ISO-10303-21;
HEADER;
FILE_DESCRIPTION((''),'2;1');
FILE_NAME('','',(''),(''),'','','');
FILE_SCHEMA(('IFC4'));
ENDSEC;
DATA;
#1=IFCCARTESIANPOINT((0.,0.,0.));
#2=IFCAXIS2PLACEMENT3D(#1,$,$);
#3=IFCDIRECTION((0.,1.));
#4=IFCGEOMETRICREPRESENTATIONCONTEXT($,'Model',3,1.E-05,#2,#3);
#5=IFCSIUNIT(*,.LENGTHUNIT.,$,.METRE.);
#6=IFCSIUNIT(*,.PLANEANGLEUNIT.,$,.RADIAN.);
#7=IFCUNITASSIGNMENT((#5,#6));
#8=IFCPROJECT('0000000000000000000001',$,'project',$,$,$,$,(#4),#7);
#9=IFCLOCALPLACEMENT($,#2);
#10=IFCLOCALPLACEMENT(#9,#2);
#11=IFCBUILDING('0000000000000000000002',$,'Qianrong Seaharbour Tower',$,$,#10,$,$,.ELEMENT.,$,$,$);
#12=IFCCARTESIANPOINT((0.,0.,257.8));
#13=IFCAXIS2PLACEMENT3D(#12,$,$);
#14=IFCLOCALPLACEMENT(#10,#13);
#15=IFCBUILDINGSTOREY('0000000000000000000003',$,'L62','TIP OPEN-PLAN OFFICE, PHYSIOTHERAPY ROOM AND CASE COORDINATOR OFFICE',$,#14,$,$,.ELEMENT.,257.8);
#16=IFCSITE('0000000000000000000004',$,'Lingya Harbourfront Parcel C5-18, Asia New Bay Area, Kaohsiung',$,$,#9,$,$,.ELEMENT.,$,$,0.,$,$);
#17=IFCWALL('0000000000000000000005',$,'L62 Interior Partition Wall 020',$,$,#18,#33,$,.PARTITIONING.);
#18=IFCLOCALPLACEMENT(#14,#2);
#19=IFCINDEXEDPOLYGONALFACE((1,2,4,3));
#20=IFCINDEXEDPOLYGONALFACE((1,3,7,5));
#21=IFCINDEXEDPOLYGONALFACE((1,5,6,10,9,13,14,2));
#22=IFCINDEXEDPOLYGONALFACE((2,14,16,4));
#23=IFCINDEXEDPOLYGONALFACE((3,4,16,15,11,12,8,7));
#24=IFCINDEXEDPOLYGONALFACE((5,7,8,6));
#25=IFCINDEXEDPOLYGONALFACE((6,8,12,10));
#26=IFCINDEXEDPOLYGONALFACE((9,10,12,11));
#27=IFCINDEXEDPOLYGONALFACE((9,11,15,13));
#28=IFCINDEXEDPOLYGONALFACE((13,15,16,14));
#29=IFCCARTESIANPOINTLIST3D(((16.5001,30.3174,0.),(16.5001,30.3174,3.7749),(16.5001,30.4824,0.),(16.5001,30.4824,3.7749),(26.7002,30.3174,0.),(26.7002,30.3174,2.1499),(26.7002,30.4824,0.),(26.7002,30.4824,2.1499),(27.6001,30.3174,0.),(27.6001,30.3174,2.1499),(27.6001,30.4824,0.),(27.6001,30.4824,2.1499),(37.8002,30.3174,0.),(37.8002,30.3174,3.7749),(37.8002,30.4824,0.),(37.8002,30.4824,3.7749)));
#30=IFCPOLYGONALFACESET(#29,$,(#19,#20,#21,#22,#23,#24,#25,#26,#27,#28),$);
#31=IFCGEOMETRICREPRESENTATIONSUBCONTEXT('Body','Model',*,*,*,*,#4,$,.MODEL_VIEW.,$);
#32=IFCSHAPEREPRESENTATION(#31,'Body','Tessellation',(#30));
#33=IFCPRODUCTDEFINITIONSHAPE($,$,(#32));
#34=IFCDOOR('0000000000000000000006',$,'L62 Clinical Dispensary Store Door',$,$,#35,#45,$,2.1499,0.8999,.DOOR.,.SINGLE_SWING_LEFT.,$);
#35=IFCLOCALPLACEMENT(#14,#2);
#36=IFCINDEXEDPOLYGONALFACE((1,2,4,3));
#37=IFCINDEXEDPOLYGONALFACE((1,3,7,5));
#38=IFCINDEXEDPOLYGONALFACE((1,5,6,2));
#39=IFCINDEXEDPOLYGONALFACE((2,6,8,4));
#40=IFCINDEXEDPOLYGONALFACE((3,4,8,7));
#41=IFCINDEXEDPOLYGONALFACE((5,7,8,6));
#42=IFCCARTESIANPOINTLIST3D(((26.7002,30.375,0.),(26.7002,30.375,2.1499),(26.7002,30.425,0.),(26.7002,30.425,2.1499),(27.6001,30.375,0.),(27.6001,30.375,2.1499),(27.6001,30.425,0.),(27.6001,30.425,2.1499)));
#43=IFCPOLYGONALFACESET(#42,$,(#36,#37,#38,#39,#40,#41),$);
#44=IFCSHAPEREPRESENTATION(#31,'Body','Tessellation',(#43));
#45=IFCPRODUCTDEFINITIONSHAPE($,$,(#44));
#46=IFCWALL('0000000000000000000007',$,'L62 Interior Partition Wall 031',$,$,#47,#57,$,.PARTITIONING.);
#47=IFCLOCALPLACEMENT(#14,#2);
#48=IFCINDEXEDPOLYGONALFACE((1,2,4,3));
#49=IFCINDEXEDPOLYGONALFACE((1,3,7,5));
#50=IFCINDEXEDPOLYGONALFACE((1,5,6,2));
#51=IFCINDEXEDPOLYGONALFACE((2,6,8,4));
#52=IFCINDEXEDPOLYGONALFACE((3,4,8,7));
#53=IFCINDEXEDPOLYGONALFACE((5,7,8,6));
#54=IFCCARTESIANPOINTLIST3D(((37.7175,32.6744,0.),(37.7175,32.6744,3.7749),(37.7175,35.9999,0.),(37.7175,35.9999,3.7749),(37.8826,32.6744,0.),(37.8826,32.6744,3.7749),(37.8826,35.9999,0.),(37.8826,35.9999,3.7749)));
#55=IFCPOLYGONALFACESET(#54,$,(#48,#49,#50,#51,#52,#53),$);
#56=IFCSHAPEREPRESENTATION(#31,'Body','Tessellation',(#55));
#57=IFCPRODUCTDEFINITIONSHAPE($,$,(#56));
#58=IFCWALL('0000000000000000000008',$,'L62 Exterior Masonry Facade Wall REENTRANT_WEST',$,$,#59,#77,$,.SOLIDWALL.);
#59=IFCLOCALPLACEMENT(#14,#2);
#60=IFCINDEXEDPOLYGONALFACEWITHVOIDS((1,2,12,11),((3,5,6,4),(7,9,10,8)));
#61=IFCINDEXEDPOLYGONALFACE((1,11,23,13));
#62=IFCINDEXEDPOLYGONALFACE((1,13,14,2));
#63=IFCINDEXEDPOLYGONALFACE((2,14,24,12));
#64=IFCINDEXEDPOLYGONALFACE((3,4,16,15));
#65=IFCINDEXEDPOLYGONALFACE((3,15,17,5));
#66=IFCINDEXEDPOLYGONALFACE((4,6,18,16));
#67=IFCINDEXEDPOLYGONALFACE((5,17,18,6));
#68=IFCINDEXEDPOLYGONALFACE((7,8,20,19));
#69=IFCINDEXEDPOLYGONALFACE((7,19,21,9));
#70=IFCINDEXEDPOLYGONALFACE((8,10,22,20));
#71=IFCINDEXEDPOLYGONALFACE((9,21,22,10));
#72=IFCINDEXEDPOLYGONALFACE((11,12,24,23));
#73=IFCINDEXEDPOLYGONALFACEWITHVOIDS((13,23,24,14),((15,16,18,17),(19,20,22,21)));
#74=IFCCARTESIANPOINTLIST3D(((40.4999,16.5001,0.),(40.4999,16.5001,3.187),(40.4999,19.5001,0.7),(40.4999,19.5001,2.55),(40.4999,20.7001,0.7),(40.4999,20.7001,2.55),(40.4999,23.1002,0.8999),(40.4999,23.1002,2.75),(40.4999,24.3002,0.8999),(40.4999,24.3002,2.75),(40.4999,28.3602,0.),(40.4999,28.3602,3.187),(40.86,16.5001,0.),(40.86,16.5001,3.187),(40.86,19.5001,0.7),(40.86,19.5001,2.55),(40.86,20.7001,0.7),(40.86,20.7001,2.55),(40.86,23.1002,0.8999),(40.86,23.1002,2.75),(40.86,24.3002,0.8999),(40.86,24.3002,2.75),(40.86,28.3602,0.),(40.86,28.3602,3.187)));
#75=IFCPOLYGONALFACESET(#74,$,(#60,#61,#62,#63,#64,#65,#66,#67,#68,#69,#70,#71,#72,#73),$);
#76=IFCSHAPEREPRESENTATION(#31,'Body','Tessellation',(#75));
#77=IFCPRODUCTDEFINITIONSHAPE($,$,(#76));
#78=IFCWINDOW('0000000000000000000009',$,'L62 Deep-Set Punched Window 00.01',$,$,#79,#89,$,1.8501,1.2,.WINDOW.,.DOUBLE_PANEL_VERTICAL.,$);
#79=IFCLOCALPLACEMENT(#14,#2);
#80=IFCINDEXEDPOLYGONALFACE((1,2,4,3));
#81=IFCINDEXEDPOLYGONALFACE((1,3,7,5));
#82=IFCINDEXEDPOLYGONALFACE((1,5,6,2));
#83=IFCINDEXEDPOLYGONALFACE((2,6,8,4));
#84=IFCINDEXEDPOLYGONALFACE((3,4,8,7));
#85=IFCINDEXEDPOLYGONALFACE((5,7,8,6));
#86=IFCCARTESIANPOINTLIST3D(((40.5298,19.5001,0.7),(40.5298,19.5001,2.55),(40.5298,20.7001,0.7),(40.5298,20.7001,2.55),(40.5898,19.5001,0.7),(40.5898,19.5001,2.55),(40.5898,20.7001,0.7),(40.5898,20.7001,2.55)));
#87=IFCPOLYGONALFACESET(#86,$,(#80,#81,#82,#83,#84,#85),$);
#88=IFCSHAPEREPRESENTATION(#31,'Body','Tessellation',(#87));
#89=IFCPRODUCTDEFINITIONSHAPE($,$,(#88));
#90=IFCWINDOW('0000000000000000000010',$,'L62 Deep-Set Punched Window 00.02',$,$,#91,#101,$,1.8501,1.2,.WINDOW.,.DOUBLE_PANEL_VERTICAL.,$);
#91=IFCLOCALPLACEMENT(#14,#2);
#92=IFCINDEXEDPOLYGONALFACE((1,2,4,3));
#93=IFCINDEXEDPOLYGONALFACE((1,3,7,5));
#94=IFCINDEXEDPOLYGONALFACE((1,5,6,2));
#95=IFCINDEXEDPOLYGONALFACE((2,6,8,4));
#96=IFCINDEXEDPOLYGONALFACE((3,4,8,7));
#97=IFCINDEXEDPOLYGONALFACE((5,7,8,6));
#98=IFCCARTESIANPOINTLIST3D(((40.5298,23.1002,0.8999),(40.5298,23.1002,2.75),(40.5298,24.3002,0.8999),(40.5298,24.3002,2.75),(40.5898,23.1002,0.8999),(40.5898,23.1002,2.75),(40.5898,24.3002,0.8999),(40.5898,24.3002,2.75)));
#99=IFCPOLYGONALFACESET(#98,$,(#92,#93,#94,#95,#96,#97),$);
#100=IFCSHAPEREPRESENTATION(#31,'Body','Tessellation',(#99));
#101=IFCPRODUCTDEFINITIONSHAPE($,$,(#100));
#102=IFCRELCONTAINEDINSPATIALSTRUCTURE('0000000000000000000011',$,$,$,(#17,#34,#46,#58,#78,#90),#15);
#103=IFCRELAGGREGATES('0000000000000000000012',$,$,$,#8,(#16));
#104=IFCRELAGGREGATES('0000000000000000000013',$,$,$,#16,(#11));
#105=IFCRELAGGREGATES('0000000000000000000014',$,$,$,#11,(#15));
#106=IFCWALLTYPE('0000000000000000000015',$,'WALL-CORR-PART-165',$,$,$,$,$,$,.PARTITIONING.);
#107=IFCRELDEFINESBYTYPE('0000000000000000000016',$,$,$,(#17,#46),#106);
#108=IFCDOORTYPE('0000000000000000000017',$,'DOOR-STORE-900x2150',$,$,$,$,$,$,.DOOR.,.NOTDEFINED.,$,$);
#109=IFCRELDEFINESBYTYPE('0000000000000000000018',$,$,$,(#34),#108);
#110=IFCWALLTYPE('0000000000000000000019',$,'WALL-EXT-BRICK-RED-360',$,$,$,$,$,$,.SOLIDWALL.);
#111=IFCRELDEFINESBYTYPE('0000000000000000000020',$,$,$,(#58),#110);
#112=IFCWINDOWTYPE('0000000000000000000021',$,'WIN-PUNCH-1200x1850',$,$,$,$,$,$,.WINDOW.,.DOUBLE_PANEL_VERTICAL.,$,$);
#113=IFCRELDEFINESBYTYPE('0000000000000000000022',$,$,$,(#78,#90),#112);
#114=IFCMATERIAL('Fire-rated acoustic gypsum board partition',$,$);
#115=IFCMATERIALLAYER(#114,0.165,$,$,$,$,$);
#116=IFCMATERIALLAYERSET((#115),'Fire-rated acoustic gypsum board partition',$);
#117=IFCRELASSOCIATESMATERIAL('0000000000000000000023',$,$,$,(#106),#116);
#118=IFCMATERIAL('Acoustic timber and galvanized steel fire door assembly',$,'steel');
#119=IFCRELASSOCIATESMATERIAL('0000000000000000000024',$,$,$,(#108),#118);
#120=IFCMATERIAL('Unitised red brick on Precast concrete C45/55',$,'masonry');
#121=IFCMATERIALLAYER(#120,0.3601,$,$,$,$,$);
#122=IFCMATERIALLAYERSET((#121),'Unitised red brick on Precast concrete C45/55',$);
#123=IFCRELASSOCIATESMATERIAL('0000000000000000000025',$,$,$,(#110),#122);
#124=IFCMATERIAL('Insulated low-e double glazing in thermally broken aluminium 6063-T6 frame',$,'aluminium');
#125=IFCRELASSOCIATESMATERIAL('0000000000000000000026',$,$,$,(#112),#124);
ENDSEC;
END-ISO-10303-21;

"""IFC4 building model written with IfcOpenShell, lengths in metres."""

from ifc_helpers import new_model, si_unit, direction, frame, frame_2d, origin, place, context, subcontext, project, spatial, rectangle, extrude, material, layer, layer_set, type_object, element, fill, save


model = new_model("IFC4")

# Units and contexts
model_context = context("Model", 3, precision=1e-05, world=origin(), true_north=direction((0.0, 1.0)))
body_context = subcontext(model_context, "Body", "Model", "MODEL_VIEW")
ifc_project = project(units=[si_unit("LENGTHUNIT", "METRE"), si_unit("PLANEANGLEUNIT", "RADIAN")], contexts=[model_context])

# Site, building, storey
site_placement = place(None, origin())
site = spatial("IfcSite", under=ifc_project, at=site_placement, Name="Lingya Harbourfront Parcel C5-18, Asia New Bay Area, Kaohsiung", CompositionType="ELEMENT", RefElevation=0.0)
building_placement = place(site_placement, origin())
building = spatial("IfcBuilding", under=site, at=building_placement, Name="Qianrong Seaharbour Tower", CompositionType="ELEMENT")
storey_placement = place(building_placement, frame((0.0, 0.0, 257.8)))
storey = spatial("IfcBuildingStorey", under=building, at=storey_placement, Name="L62", Description="TIP OPEN-PLAN OFFICE, PHYSIOTHERAPY ROOM AND CASE COORDINATOR OFFICE", CompositionType="ELEMENT", Elevation=257.8)

# Wall, opening, door
ifc_material_1 = material(Name="Fire-rated acoustic gypsum board partition")
ifc_layer_1 = layer(ifc_material_1, 0.165)
ifc_layer_set_1 = layer_set([ifc_layer_1], Name="Fire-rated acoustic gypsum board partition")
wall_type_1 = type_object("IfcWallType", Name="WALL-CORR-PART-165", PredefinedType="PARTITIONING", material=ifc_layer_set_1)
wall_1_placement = place(storey_placement, frame((37.8, 30.3999, 0.0), z_axis=(0.0, 0.0, 1.0), x_axis=(-1.0, 0.0, 0.0)))
wall_1 = element("IfcWall", 1, at=wall_1_placement, inside=storey, type_object=wall_type_1, Name="L62 Interior Partition Wall 020", PredefinedType="PARTITIONING", context=body_context, shape_type="SweptSolid", body=[
    extrude(rectangle(XDim=21.3, YDim=0.165, at=frame_2d((10.6499, 0.0))), origin(), (0.0, 0.0, 1.0), 3.7749),
])
opening_1_placement = place(wall_1_placement, frame((10.2, 0.0, 0.0)))
opening_1 = element("IfcOpeningElement", 2, at=opening_1_placement, cuts=wall_1, PredefinedType="OPENING", context=body_context, shape_type="SweptSolid", body=[
    extrude(rectangle(XDim=0.8999, YDim=2.1499, at=frame_2d((0.45, 1.075))), frame((0.0, 0.0925, 0.0), z_axis=(0.0, -1.0, 0.0), x_axis=(1.0, 0.0, 0.0)), (0.0, 0.0, 1.0), 0.1851),
])
ifc_material_2 = material(Name="Acoustic timber and galvanized steel fire door assembly", Category="steel")
door_type = type_object("IfcDoorType", Name="DOOR-STORE-900x2150", OperationType="NOTDEFINED", PredefinedType="DOOR", material=ifc_material_2)
door_placement = place(opening_1_placement, origin())
door = element("IfcDoor", 3, at=door_placement, inside=storey, type_object=door_type, Name="L62 Clinical Dispensary Store Door", OperationType="SINGLE_SWING_LEFT", OverallHeight=2.1499, OverallWidth=0.8999, PredefinedType="DOOR", context=body_context, shape_type="SweptSolid", body=[
    extrude(rectangle(XDim=0.8999, YDim=2.1499, at=frame_2d((0.45, 1.075))), frame((0.0, 0.0249, 0.0), z_axis=(0.0, -1.0, 0.0), x_axis=(1.0, 0.0, 0.0)), (0.0, 0.0, 1.0), 0.05),
])
fill(opening_1, door)

# Wall
wall_2_placement = place(storey_placement, frame((37.8, 32.6746, 0.0), z_axis=(0.0, 0.0, 1.0), x_axis=(0.0, 1.0, 0.0)))
element("IfcWall", 4, at=wall_2_placement, inside=storey, type_object=wall_type_1, Name="L62 Interior Partition Wall 031", PredefinedType="PARTITIONING", context=body_context, shape_type="SweptSolid", body=[
    extrude(rectangle(XDim=3.3254, YDim=0.165, at=frame_2d((1.6626, 0.0))), origin(), (0.0, 0.0, 1.0), 3.7749),
])

# Wall, openings, windows
ifc_material_3 = material(Name="Unitised red brick on Precast concrete C45/55", Category="masonry")
ifc_layer_2 = layer(ifc_material_3, 0.3601)
ifc_layer_set_2 = layer_set([ifc_layer_2], Name="Unitised red brick on Precast concrete C45/55")
wall_type_2 = type_object("IfcWallType", Name="WALL-EXT-BRICK-RED-360", PredefinedType="SOLIDWALL", material=ifc_layer_set_2)
wall_3_placement = place(storey_placement, frame((40.6799, 16.5, 0.0), z_axis=(0.0, 0.0, 1.0), x_axis=(0.0, 1.0, 0.0)))
wall_3 = element("IfcWall", 5, at=wall_3_placement, inside=storey, type_object=wall_type_2, Name="L62 Exterior Masonry Facade Wall REENTRANT_WEST", PredefinedType="SOLIDWALL", context=body_context, shape_type="SweptSolid", body=[
    extrude(rectangle(XDim=11.8601, YDim=0.3601, at=frame_2d((5.9302, 0.0))), origin(), (0.0, 0.0, 1.0), 3.187),
])
opening_2_placement = place(wall_3_placement, frame((3.0, 0.0, 0.7)))
opening_2 = element("IfcOpeningElement", 6, at=opening_2_placement, cuts=wall_3, PredefinedType="OPENING", context=body_context, shape_type="SweptSolid", body=[
    extrude(rectangle(XDim=1.2, YDim=1.8501, at=frame_2d((0.6001, 0.925))), frame((0.0, 0.1899, 0.0), z_axis=(0.0, -1.0, 0.0), x_axis=(1.0, 0.0, 0.0)), (0.0, 0.0, 1.0), 0.3801),
])
opening_3_placement = place(wall_3_placement, frame((6.6001, 0.0, 0.8999)))
opening_3 = element("IfcOpeningElement", 7, at=opening_3_placement, cuts=wall_3, PredefinedType="OPENING", context=body_context, shape_type="SweptSolid", body=[
    extrude(rectangle(XDim=1.2, YDim=1.8501, at=frame_2d((0.6001, 0.925))), frame((0.0, 0.1899, 0.0), z_axis=(0.0, -1.0, 0.0), x_axis=(1.0, 0.0, 0.0)), (0.0, 0.0, 1.0), 0.3801),
])
ifc_material_4 = material(Name="Insulated low-e double glazing in thermally broken aluminium 6063-T6 frame", Category="aluminium")
window_type_1 = type_object("IfcWindowType", Name="WIN-PUNCH-1200x1850", PartitioningType="DOUBLE_PANEL_VERTICAL", PredefinedType="WINDOW", material=ifc_material_4)
window_1_placement = place(opening_2_placement, origin())
window_1 = element("IfcWindow", 8, at=window_1_placement, inside=storey, type_object=window_type_1, Name="L62 Deep-Set Punched Window 00.01", OverallHeight=1.8501, OverallWidth=1.2, PartitioningType="DOUBLE_PANEL_VERTICAL", PredefinedType="WINDOW", context=body_context, shape_type="SweptSolid", body=[
    extrude(rectangle(XDim=1.2, YDim=1.8501, at=frame_2d((0.6001, 0.925))), frame((0.0, 0.1501, 0.0), z_axis=(0.0, -1.0, 0.0), x_axis=(1.0, 0.0, 0.0)), (0.0, 0.0, 1.0), 0.0601),
])
fill(opening_2, window_1)
window_2_placement = place(opening_3_placement, origin())
window_2 = element("IfcWindow", 9, at=window_2_placement, inside=storey, type_object=window_type_1, Name="L62 Deep-Set Punched Window 00.02", OverallHeight=1.8501, OverallWidth=1.2, PartitioningType="DOUBLE_PANEL_VERTICAL", PredefinedType="WINDOW", context=body_context, shape_type="SweptSolid", body=[
    extrude(rectangle(XDim=1.2, YDim=1.8501, at=frame_2d((0.6001, 0.925))), frame((0.0, 0.1501, 0.0), z_axis=(0.0, -1.0, 0.0), x_axis=(1.0, 0.0, 0.0)), (0.0, 0.0, 1.0), 0.0601),
])
fill(opening_3, window_2)

save(model, "model.ifc")
